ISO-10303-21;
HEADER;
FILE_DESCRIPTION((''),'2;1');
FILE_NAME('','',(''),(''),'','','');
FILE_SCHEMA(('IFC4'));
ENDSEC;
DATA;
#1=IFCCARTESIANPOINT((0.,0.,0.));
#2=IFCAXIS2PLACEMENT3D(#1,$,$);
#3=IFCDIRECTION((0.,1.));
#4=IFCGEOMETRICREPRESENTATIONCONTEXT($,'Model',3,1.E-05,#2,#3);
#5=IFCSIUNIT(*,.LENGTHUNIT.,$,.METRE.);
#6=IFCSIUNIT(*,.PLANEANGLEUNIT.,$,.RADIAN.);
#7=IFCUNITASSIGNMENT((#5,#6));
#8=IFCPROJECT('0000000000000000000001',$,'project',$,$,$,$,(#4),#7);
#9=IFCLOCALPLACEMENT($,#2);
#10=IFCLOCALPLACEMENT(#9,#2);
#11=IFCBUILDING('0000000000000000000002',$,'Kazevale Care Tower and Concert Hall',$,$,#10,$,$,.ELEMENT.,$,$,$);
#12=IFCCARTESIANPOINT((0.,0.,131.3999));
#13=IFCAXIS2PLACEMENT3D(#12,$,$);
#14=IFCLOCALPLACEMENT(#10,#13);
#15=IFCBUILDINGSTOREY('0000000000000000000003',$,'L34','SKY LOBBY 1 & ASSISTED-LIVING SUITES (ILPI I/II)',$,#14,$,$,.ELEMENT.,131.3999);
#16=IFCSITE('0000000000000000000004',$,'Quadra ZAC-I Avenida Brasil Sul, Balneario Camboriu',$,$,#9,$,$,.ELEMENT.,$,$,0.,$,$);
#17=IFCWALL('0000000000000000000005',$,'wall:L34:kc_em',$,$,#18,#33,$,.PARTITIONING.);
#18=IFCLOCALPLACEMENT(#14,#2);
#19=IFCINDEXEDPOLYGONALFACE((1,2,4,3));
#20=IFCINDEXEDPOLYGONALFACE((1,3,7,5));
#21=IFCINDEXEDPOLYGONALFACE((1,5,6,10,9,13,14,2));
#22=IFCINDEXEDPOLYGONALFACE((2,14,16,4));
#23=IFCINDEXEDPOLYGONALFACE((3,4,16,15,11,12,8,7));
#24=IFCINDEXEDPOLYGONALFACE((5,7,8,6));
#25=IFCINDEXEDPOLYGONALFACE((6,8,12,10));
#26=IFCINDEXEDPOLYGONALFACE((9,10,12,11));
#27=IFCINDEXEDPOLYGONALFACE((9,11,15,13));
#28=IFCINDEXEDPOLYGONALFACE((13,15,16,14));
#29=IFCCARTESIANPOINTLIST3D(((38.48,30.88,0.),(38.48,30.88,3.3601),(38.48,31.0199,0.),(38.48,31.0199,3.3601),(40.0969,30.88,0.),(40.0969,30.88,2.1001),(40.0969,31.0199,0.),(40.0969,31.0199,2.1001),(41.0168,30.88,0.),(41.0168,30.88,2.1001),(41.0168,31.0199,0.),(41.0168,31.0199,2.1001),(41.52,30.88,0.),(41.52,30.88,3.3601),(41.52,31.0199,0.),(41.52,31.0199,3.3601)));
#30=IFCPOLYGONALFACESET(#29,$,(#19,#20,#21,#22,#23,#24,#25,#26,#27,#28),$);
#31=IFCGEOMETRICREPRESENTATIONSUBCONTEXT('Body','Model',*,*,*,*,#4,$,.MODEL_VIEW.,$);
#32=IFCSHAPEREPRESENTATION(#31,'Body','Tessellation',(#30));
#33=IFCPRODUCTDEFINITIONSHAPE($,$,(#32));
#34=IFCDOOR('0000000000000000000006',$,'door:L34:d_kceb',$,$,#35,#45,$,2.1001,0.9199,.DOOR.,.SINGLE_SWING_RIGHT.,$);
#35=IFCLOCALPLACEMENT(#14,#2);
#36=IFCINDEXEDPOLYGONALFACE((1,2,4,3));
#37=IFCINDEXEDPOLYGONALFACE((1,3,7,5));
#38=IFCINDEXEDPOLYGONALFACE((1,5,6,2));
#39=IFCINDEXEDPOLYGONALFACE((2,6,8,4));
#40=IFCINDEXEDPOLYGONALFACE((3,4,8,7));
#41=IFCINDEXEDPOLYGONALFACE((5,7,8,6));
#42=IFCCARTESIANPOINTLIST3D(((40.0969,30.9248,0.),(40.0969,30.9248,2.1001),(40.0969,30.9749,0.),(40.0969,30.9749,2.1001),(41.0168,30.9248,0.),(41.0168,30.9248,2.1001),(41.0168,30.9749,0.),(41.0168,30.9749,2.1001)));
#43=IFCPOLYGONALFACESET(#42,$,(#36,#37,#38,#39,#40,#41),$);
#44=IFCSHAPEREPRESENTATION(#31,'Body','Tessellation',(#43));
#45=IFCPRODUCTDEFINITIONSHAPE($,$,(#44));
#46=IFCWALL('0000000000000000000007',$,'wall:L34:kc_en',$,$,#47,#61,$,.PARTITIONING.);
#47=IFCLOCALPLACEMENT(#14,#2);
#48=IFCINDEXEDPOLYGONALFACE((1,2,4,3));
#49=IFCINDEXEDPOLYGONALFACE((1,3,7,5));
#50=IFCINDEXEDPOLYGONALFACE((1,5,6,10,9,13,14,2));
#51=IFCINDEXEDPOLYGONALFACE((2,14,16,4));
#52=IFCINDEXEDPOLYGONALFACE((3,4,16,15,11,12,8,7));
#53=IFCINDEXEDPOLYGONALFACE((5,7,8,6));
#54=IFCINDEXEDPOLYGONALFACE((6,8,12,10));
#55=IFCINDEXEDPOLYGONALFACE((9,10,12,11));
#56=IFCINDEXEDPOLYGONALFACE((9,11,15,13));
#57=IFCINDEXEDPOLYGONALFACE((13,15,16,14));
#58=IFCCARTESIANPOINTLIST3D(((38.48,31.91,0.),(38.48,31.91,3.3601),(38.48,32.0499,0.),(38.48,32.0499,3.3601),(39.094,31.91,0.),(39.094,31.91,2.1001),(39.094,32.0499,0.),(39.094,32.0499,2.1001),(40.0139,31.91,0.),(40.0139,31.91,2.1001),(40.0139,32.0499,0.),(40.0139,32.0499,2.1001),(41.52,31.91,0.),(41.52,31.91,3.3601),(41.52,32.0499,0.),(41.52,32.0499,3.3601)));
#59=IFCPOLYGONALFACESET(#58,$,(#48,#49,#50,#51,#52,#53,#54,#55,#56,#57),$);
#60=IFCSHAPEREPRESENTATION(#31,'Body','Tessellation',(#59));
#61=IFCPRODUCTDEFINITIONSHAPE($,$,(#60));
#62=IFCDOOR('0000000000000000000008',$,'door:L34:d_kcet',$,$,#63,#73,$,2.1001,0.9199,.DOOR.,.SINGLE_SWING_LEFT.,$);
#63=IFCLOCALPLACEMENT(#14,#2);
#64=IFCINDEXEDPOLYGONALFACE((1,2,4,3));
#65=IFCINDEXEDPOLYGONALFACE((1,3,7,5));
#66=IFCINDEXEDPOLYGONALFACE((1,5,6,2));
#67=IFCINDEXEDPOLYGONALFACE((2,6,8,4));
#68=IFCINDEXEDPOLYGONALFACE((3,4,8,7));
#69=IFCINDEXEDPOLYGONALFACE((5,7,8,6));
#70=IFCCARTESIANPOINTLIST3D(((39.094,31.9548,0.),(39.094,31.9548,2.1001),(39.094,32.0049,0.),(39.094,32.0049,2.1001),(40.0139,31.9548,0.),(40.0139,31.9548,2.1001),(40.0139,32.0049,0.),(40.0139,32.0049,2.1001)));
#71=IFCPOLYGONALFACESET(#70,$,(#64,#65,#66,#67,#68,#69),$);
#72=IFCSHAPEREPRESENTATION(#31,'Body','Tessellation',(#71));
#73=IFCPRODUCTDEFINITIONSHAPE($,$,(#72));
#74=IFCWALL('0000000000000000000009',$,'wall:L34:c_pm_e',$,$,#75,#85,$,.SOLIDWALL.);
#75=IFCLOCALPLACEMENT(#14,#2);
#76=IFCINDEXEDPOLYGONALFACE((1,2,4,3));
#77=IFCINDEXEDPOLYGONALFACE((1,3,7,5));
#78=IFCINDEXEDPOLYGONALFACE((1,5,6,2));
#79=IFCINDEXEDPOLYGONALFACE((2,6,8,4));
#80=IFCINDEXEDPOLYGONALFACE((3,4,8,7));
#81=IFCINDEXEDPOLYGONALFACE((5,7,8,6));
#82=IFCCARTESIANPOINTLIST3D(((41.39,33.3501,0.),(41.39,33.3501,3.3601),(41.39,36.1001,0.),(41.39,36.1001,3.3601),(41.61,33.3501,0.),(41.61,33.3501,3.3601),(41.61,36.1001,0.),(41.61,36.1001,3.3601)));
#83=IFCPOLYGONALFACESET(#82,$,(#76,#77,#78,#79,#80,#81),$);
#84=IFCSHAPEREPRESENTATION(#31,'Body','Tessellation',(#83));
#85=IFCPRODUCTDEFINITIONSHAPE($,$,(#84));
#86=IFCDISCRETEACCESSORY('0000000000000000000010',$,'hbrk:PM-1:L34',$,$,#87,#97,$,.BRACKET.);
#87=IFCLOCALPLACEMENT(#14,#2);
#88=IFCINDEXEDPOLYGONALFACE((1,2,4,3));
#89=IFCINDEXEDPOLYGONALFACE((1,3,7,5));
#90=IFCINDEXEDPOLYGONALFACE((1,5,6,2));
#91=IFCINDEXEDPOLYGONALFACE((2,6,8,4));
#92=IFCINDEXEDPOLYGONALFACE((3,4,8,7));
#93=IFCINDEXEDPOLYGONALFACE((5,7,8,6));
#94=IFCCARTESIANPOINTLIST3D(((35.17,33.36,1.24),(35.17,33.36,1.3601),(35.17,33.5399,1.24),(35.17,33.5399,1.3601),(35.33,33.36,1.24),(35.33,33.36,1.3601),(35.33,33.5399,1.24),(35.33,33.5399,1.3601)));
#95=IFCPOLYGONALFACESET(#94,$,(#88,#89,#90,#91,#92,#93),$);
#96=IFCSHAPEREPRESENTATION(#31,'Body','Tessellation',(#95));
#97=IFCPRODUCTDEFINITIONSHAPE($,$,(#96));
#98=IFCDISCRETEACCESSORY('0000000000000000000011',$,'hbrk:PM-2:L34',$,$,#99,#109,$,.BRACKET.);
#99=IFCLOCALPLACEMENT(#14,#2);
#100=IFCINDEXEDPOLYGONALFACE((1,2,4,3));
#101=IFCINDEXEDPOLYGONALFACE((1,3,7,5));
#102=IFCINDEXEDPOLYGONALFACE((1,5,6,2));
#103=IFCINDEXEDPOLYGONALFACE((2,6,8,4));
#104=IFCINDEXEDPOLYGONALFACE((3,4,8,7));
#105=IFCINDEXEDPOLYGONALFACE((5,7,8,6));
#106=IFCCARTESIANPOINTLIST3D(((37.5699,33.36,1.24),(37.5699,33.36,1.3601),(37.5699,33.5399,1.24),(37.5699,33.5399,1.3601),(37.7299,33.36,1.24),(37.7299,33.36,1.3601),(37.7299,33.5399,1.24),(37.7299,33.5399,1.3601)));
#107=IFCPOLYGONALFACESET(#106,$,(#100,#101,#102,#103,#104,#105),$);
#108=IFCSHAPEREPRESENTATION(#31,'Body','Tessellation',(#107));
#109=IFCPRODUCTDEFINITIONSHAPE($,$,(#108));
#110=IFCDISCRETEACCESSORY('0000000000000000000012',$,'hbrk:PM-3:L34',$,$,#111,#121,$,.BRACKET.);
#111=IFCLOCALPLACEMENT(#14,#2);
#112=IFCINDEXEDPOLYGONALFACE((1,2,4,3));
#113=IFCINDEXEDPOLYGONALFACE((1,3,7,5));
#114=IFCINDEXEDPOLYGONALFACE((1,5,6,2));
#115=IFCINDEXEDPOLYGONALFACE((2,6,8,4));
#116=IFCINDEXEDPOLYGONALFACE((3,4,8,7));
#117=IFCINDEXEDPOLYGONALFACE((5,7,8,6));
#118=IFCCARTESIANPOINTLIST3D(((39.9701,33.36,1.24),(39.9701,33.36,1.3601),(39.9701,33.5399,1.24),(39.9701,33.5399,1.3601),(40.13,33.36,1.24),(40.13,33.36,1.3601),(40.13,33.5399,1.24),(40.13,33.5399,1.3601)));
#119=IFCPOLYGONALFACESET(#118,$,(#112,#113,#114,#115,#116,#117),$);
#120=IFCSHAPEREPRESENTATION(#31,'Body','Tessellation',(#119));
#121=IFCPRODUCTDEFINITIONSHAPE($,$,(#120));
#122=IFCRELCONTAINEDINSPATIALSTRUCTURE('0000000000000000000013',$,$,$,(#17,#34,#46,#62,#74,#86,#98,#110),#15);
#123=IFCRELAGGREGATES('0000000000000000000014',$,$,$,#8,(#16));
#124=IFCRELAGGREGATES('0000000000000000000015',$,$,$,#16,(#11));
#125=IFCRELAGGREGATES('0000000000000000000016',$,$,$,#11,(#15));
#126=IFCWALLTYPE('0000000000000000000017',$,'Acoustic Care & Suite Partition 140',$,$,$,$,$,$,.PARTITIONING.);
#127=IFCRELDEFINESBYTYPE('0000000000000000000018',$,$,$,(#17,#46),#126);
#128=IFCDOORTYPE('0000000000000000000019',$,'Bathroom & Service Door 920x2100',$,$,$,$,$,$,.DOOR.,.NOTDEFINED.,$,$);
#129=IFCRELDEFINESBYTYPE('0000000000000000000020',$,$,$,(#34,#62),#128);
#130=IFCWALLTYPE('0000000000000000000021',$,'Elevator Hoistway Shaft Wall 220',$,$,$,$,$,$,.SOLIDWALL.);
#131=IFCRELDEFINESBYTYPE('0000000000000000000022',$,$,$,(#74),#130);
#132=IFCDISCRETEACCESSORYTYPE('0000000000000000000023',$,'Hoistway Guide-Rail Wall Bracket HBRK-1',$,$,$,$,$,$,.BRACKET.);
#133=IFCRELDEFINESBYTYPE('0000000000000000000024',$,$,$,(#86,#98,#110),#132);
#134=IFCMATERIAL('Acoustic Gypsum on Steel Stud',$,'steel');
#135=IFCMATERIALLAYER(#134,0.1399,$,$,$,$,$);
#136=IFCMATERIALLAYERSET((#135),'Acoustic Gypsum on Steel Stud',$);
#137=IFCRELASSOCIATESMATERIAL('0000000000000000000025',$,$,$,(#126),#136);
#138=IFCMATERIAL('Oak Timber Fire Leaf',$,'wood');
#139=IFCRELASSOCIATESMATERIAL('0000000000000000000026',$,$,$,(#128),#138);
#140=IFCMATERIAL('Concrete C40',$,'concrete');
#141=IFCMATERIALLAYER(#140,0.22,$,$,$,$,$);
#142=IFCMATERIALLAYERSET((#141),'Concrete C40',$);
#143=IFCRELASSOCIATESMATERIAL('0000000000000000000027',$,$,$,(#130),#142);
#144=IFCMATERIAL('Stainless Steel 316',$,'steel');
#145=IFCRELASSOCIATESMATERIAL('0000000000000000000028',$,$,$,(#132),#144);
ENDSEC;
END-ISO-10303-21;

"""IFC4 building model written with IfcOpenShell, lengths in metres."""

from ifc_helpers import new_model, si_unit, direction, frame, frame_2d, origin, origin_2d, place, context, subcontext, project, spatial, rectangle, extrude, material, layer, layer_set, type_object, element, fill, save


model = new_model("IFC4")

# Units and contexts
model_context = context("Model", 3, precision=1e-05, world=origin(), true_north=direction((0.0, 1.0)))
body_context = subcontext(model_context, "Body", "Model", "MODEL_VIEW")
ifc_project = project(units=[si_unit("LENGTHUNIT", "METRE"), si_unit("PLANEANGLEUNIT", "RADIAN")], contexts=[model_context])

# Site, building, storey
site_placement = place(None, origin())
site = spatial("IfcSite", under=ifc_project, at=site_placement, Name="Quadra ZAC-I Avenida Brasil Sul, Balneario Camboriu", CompositionType="ELEMENT", RefElevation=0.0)
building_placement = place(site_placement, origin())
building = spatial("IfcBuilding", under=site, at=building_placement, Name="Kazevale Care Tower and Concert Hall", CompositionType="ELEMENT")
storey_placement = place(building_placement, frame((0.0, 0.0, 131.3999)))
storey = spatial("IfcBuildingStorey", under=building, at=storey_placement, Name="L34", Description="SKY LOBBY 1 & ASSISTED-LIVING SUITES (ILPI I/II)", CompositionType="ELEMENT", Elevation=131.3999)

# Shared definitions
ifc_material_1 = material(Name="Acoustic Gypsum on Steel Stud", Category="steel")
ifc_layer_1 = layer(ifc_material_1, 0.1399)
ifc_layer_set_1 = layer_set([ifc_layer_1], Name="Acoustic Gypsum on Steel Stud")
wall_type_1 = type_object("IfcWallType", Name="Acoustic Care & Suite Partition 140", PredefinedType="PARTITIONING", material=ifc_layer_set_1)

# Walls, openings, doors
wall_1_placement = place(storey_placement, frame((38.48, 30.95, 0.0), z_axis=(0.0, 0.0, 1.0), x_axis=(1.0, 0.0, 0.0)))
wall_1 = element("IfcWall", 1, at=wall_1_placement, inside=storey, type_object=wall_type_1, Name="wall:L34:kc_em", PredefinedType="PARTITIONING", context=body_context, shape_type="SweptSolid", body=[
    extrude(rectangle(XDim=3.04, YDim=0.1399, at=frame_2d((1.52, 0.0))), origin(), (0.0, 0.0, 1.0), 3.3601),
])
opening_1_placement = place(wall_1_placement, frame((1.6169, 0.0, 0.0)))
opening_1 = element("IfcOpeningElement", 2, at=opening_1_placement, cuts=wall_1, PredefinedType="OPENING", context=body_context, shape_type="SweptSolid", body=[
    extrude(rectangle(XDim=0.9199, YDim=2.1001, at=frame_2d((0.46, 1.05))), frame((0.0, 0.0798, 0.0), z_axis=(0.0, -1.0, 0.0), x_axis=(1.0, 0.0, 0.0)), (0.0, 0.0, 1.0), 0.1599),
])
ifc_material_2 = material(Name="Oak Timber Fire Leaf", Category="wood")
door_type = type_object("IfcDoorType", Name="Bathroom & Service Door 920x2100", OperationType="NOTDEFINED", PredefinedType="DOOR", material=ifc_material_2)
door_1_placement = place(opening_1_placement, origin())
door_1 = element("IfcDoor", 3, at=door_1_placement, inside=storey, type_object=door_type, Name="door:L34:d_kceb", OperationType="SINGLE_SWING_RIGHT", OverallHeight=2.1001, OverallWidth=0.9199, PredefinedType="DOOR", context=body_context, shape_type="SweptSolid", body=[
    extrude(rectangle(XDim=0.9199, YDim=2.1001, at=frame_2d((0.46, 1.05))), frame((0.0, 0.0249, 0.0), z_axis=(0.0, -1.0, 0.0), x_axis=(1.0, 0.0, 0.0)), (0.0, 0.0, 1.0), 0.05),
])
fill(opening_1, door_1)
wall_2_placement = place(storey_placement, frame((38.48, 31.98, 0.0), z_axis=(0.0, 0.0, 1.0), x_axis=(1.0, 0.0, 0.0)))
wall_2 = element("IfcWall", 4, at=wall_2_placement, inside=storey, type_object=wall_type_1, Name="wall:L34:kc_en", PredefinedType="PARTITIONING", context=body_context, shape_type="SweptSolid", body=[
    extrude(rectangle(XDim=3.04, YDim=0.1399, at=frame_2d((1.52, 0.0))), origin(), (0.0, 0.0, 1.0), 3.3601),
])
opening_2_placement = place(wall_2_placement, frame((0.614, 0.0, 0.0)))
opening_2 = element("IfcOpeningElement", 5, at=opening_2_placement, cuts=wall_2, PredefinedType="OPENING", context=body_context, shape_type="SweptSolid", body=[
    extrude(rectangle(XDim=0.9199, YDim=2.1001, at=frame_2d((0.46, 1.05))), frame((0.0, 0.0798, 0.0), z_axis=(0.0, -1.0, 0.0), x_axis=(1.0, 0.0, 0.0)), (0.0, 0.0, 1.0), 0.1599),
])
door_2_placement = place(opening_2_placement, origin())
door_2 = element("IfcDoor", 6, at=door_2_placement, inside=storey, type_object=door_type, Name="door:L34:d_kcet", OperationType="SINGLE_SWING_LEFT", OverallHeight=2.1001, OverallWidth=0.9199, PredefinedType="DOOR", context=body_context, shape_type="SweptSolid", body=[
    extrude(rectangle(XDim=0.9199, YDim=2.1001, at=frame_2d((0.46, 1.05))), frame((0.0, 0.0249, 0.0), z_axis=(0.0, -1.0, 0.0), x_axis=(1.0, 0.0, 0.0)), (0.0, 0.0, 1.0), 0.05),
])
fill(opening_2, door_2)

# Wall
ifc_material_3 = material(Name="Concrete C40", Category="concrete")
ifc_layer_2 = layer(ifc_material_3, 0.22)
ifc_layer_set_2 = layer_set([ifc_layer_2], Name="Concrete C40")
wall_type_2 = type_object("IfcWallType", Name="Elevator Hoistway Shaft Wall 220", PredefinedType="SOLIDWALL", material=ifc_layer_set_2)
wall_3_placement = place(storey_placement, frame((41.5, 33.3501, 0.0), z_axis=(0.0, 0.0, 1.0), x_axis=(0.0, 1.0, 0.0)))
element("IfcWall", 7, at=wall_3_placement, inside=storey, type_object=wall_type_2, Name="wall:L34:c_pm_e", PredefinedType="SOLIDWALL", context=body_context, shape_type="SweptSolid", body=[
    extrude(rectangle(XDim=2.75, YDim=0.22, at=frame_2d((1.375, 0.0))), origin(), (0.0, 0.0, 1.0), 3.3601),
])

# Discrete accessories
ifc_material_4 = material(Name="Stainless Steel 316", Category="steel")
discrete_accessory_type = type_object("IfcDiscreteAccessoryType", Name="Hoistway Guide-Rail Wall Bracket HBRK-1", PredefinedType="BRACKET", material=ifc_material_4)
for number, where, z_axis, x_axis, name in (
    (8, (35.25, 33.45, 1.24), (0.0, 0.0, 1.0), (1.0, 0.0, 0.0), "hbrk:PM-1:L34"),
    (9, (37.6499, 33.45, 1.24), (0.0, 0.0, 1.0), (1.0, 0.0, 0.0), "hbrk:PM-2:L34"),
    (10, (40.05, 33.45, 1.24), (0.0, 0.0, 1.0), (1.0, 0.0, 0.0), "hbrk:PM-3:L34"),
):
    element("IfcDiscreteAccessory", number, at=place(storey_placement, frame(where, z_axis=z_axis, x_axis=x_axis)), inside=storey, type_object=discrete_accessory_type, Name=name, PredefinedType="BRACKET", context=body_context, shape_type="SweptSolid", body=[
        extrude(rectangle(XDim=0.1599, YDim=0.1799, at=origin_2d()), origin(), (0.0, 0.0, 1.0), 0.1201),
    ])

save(model, "model.ifc")
